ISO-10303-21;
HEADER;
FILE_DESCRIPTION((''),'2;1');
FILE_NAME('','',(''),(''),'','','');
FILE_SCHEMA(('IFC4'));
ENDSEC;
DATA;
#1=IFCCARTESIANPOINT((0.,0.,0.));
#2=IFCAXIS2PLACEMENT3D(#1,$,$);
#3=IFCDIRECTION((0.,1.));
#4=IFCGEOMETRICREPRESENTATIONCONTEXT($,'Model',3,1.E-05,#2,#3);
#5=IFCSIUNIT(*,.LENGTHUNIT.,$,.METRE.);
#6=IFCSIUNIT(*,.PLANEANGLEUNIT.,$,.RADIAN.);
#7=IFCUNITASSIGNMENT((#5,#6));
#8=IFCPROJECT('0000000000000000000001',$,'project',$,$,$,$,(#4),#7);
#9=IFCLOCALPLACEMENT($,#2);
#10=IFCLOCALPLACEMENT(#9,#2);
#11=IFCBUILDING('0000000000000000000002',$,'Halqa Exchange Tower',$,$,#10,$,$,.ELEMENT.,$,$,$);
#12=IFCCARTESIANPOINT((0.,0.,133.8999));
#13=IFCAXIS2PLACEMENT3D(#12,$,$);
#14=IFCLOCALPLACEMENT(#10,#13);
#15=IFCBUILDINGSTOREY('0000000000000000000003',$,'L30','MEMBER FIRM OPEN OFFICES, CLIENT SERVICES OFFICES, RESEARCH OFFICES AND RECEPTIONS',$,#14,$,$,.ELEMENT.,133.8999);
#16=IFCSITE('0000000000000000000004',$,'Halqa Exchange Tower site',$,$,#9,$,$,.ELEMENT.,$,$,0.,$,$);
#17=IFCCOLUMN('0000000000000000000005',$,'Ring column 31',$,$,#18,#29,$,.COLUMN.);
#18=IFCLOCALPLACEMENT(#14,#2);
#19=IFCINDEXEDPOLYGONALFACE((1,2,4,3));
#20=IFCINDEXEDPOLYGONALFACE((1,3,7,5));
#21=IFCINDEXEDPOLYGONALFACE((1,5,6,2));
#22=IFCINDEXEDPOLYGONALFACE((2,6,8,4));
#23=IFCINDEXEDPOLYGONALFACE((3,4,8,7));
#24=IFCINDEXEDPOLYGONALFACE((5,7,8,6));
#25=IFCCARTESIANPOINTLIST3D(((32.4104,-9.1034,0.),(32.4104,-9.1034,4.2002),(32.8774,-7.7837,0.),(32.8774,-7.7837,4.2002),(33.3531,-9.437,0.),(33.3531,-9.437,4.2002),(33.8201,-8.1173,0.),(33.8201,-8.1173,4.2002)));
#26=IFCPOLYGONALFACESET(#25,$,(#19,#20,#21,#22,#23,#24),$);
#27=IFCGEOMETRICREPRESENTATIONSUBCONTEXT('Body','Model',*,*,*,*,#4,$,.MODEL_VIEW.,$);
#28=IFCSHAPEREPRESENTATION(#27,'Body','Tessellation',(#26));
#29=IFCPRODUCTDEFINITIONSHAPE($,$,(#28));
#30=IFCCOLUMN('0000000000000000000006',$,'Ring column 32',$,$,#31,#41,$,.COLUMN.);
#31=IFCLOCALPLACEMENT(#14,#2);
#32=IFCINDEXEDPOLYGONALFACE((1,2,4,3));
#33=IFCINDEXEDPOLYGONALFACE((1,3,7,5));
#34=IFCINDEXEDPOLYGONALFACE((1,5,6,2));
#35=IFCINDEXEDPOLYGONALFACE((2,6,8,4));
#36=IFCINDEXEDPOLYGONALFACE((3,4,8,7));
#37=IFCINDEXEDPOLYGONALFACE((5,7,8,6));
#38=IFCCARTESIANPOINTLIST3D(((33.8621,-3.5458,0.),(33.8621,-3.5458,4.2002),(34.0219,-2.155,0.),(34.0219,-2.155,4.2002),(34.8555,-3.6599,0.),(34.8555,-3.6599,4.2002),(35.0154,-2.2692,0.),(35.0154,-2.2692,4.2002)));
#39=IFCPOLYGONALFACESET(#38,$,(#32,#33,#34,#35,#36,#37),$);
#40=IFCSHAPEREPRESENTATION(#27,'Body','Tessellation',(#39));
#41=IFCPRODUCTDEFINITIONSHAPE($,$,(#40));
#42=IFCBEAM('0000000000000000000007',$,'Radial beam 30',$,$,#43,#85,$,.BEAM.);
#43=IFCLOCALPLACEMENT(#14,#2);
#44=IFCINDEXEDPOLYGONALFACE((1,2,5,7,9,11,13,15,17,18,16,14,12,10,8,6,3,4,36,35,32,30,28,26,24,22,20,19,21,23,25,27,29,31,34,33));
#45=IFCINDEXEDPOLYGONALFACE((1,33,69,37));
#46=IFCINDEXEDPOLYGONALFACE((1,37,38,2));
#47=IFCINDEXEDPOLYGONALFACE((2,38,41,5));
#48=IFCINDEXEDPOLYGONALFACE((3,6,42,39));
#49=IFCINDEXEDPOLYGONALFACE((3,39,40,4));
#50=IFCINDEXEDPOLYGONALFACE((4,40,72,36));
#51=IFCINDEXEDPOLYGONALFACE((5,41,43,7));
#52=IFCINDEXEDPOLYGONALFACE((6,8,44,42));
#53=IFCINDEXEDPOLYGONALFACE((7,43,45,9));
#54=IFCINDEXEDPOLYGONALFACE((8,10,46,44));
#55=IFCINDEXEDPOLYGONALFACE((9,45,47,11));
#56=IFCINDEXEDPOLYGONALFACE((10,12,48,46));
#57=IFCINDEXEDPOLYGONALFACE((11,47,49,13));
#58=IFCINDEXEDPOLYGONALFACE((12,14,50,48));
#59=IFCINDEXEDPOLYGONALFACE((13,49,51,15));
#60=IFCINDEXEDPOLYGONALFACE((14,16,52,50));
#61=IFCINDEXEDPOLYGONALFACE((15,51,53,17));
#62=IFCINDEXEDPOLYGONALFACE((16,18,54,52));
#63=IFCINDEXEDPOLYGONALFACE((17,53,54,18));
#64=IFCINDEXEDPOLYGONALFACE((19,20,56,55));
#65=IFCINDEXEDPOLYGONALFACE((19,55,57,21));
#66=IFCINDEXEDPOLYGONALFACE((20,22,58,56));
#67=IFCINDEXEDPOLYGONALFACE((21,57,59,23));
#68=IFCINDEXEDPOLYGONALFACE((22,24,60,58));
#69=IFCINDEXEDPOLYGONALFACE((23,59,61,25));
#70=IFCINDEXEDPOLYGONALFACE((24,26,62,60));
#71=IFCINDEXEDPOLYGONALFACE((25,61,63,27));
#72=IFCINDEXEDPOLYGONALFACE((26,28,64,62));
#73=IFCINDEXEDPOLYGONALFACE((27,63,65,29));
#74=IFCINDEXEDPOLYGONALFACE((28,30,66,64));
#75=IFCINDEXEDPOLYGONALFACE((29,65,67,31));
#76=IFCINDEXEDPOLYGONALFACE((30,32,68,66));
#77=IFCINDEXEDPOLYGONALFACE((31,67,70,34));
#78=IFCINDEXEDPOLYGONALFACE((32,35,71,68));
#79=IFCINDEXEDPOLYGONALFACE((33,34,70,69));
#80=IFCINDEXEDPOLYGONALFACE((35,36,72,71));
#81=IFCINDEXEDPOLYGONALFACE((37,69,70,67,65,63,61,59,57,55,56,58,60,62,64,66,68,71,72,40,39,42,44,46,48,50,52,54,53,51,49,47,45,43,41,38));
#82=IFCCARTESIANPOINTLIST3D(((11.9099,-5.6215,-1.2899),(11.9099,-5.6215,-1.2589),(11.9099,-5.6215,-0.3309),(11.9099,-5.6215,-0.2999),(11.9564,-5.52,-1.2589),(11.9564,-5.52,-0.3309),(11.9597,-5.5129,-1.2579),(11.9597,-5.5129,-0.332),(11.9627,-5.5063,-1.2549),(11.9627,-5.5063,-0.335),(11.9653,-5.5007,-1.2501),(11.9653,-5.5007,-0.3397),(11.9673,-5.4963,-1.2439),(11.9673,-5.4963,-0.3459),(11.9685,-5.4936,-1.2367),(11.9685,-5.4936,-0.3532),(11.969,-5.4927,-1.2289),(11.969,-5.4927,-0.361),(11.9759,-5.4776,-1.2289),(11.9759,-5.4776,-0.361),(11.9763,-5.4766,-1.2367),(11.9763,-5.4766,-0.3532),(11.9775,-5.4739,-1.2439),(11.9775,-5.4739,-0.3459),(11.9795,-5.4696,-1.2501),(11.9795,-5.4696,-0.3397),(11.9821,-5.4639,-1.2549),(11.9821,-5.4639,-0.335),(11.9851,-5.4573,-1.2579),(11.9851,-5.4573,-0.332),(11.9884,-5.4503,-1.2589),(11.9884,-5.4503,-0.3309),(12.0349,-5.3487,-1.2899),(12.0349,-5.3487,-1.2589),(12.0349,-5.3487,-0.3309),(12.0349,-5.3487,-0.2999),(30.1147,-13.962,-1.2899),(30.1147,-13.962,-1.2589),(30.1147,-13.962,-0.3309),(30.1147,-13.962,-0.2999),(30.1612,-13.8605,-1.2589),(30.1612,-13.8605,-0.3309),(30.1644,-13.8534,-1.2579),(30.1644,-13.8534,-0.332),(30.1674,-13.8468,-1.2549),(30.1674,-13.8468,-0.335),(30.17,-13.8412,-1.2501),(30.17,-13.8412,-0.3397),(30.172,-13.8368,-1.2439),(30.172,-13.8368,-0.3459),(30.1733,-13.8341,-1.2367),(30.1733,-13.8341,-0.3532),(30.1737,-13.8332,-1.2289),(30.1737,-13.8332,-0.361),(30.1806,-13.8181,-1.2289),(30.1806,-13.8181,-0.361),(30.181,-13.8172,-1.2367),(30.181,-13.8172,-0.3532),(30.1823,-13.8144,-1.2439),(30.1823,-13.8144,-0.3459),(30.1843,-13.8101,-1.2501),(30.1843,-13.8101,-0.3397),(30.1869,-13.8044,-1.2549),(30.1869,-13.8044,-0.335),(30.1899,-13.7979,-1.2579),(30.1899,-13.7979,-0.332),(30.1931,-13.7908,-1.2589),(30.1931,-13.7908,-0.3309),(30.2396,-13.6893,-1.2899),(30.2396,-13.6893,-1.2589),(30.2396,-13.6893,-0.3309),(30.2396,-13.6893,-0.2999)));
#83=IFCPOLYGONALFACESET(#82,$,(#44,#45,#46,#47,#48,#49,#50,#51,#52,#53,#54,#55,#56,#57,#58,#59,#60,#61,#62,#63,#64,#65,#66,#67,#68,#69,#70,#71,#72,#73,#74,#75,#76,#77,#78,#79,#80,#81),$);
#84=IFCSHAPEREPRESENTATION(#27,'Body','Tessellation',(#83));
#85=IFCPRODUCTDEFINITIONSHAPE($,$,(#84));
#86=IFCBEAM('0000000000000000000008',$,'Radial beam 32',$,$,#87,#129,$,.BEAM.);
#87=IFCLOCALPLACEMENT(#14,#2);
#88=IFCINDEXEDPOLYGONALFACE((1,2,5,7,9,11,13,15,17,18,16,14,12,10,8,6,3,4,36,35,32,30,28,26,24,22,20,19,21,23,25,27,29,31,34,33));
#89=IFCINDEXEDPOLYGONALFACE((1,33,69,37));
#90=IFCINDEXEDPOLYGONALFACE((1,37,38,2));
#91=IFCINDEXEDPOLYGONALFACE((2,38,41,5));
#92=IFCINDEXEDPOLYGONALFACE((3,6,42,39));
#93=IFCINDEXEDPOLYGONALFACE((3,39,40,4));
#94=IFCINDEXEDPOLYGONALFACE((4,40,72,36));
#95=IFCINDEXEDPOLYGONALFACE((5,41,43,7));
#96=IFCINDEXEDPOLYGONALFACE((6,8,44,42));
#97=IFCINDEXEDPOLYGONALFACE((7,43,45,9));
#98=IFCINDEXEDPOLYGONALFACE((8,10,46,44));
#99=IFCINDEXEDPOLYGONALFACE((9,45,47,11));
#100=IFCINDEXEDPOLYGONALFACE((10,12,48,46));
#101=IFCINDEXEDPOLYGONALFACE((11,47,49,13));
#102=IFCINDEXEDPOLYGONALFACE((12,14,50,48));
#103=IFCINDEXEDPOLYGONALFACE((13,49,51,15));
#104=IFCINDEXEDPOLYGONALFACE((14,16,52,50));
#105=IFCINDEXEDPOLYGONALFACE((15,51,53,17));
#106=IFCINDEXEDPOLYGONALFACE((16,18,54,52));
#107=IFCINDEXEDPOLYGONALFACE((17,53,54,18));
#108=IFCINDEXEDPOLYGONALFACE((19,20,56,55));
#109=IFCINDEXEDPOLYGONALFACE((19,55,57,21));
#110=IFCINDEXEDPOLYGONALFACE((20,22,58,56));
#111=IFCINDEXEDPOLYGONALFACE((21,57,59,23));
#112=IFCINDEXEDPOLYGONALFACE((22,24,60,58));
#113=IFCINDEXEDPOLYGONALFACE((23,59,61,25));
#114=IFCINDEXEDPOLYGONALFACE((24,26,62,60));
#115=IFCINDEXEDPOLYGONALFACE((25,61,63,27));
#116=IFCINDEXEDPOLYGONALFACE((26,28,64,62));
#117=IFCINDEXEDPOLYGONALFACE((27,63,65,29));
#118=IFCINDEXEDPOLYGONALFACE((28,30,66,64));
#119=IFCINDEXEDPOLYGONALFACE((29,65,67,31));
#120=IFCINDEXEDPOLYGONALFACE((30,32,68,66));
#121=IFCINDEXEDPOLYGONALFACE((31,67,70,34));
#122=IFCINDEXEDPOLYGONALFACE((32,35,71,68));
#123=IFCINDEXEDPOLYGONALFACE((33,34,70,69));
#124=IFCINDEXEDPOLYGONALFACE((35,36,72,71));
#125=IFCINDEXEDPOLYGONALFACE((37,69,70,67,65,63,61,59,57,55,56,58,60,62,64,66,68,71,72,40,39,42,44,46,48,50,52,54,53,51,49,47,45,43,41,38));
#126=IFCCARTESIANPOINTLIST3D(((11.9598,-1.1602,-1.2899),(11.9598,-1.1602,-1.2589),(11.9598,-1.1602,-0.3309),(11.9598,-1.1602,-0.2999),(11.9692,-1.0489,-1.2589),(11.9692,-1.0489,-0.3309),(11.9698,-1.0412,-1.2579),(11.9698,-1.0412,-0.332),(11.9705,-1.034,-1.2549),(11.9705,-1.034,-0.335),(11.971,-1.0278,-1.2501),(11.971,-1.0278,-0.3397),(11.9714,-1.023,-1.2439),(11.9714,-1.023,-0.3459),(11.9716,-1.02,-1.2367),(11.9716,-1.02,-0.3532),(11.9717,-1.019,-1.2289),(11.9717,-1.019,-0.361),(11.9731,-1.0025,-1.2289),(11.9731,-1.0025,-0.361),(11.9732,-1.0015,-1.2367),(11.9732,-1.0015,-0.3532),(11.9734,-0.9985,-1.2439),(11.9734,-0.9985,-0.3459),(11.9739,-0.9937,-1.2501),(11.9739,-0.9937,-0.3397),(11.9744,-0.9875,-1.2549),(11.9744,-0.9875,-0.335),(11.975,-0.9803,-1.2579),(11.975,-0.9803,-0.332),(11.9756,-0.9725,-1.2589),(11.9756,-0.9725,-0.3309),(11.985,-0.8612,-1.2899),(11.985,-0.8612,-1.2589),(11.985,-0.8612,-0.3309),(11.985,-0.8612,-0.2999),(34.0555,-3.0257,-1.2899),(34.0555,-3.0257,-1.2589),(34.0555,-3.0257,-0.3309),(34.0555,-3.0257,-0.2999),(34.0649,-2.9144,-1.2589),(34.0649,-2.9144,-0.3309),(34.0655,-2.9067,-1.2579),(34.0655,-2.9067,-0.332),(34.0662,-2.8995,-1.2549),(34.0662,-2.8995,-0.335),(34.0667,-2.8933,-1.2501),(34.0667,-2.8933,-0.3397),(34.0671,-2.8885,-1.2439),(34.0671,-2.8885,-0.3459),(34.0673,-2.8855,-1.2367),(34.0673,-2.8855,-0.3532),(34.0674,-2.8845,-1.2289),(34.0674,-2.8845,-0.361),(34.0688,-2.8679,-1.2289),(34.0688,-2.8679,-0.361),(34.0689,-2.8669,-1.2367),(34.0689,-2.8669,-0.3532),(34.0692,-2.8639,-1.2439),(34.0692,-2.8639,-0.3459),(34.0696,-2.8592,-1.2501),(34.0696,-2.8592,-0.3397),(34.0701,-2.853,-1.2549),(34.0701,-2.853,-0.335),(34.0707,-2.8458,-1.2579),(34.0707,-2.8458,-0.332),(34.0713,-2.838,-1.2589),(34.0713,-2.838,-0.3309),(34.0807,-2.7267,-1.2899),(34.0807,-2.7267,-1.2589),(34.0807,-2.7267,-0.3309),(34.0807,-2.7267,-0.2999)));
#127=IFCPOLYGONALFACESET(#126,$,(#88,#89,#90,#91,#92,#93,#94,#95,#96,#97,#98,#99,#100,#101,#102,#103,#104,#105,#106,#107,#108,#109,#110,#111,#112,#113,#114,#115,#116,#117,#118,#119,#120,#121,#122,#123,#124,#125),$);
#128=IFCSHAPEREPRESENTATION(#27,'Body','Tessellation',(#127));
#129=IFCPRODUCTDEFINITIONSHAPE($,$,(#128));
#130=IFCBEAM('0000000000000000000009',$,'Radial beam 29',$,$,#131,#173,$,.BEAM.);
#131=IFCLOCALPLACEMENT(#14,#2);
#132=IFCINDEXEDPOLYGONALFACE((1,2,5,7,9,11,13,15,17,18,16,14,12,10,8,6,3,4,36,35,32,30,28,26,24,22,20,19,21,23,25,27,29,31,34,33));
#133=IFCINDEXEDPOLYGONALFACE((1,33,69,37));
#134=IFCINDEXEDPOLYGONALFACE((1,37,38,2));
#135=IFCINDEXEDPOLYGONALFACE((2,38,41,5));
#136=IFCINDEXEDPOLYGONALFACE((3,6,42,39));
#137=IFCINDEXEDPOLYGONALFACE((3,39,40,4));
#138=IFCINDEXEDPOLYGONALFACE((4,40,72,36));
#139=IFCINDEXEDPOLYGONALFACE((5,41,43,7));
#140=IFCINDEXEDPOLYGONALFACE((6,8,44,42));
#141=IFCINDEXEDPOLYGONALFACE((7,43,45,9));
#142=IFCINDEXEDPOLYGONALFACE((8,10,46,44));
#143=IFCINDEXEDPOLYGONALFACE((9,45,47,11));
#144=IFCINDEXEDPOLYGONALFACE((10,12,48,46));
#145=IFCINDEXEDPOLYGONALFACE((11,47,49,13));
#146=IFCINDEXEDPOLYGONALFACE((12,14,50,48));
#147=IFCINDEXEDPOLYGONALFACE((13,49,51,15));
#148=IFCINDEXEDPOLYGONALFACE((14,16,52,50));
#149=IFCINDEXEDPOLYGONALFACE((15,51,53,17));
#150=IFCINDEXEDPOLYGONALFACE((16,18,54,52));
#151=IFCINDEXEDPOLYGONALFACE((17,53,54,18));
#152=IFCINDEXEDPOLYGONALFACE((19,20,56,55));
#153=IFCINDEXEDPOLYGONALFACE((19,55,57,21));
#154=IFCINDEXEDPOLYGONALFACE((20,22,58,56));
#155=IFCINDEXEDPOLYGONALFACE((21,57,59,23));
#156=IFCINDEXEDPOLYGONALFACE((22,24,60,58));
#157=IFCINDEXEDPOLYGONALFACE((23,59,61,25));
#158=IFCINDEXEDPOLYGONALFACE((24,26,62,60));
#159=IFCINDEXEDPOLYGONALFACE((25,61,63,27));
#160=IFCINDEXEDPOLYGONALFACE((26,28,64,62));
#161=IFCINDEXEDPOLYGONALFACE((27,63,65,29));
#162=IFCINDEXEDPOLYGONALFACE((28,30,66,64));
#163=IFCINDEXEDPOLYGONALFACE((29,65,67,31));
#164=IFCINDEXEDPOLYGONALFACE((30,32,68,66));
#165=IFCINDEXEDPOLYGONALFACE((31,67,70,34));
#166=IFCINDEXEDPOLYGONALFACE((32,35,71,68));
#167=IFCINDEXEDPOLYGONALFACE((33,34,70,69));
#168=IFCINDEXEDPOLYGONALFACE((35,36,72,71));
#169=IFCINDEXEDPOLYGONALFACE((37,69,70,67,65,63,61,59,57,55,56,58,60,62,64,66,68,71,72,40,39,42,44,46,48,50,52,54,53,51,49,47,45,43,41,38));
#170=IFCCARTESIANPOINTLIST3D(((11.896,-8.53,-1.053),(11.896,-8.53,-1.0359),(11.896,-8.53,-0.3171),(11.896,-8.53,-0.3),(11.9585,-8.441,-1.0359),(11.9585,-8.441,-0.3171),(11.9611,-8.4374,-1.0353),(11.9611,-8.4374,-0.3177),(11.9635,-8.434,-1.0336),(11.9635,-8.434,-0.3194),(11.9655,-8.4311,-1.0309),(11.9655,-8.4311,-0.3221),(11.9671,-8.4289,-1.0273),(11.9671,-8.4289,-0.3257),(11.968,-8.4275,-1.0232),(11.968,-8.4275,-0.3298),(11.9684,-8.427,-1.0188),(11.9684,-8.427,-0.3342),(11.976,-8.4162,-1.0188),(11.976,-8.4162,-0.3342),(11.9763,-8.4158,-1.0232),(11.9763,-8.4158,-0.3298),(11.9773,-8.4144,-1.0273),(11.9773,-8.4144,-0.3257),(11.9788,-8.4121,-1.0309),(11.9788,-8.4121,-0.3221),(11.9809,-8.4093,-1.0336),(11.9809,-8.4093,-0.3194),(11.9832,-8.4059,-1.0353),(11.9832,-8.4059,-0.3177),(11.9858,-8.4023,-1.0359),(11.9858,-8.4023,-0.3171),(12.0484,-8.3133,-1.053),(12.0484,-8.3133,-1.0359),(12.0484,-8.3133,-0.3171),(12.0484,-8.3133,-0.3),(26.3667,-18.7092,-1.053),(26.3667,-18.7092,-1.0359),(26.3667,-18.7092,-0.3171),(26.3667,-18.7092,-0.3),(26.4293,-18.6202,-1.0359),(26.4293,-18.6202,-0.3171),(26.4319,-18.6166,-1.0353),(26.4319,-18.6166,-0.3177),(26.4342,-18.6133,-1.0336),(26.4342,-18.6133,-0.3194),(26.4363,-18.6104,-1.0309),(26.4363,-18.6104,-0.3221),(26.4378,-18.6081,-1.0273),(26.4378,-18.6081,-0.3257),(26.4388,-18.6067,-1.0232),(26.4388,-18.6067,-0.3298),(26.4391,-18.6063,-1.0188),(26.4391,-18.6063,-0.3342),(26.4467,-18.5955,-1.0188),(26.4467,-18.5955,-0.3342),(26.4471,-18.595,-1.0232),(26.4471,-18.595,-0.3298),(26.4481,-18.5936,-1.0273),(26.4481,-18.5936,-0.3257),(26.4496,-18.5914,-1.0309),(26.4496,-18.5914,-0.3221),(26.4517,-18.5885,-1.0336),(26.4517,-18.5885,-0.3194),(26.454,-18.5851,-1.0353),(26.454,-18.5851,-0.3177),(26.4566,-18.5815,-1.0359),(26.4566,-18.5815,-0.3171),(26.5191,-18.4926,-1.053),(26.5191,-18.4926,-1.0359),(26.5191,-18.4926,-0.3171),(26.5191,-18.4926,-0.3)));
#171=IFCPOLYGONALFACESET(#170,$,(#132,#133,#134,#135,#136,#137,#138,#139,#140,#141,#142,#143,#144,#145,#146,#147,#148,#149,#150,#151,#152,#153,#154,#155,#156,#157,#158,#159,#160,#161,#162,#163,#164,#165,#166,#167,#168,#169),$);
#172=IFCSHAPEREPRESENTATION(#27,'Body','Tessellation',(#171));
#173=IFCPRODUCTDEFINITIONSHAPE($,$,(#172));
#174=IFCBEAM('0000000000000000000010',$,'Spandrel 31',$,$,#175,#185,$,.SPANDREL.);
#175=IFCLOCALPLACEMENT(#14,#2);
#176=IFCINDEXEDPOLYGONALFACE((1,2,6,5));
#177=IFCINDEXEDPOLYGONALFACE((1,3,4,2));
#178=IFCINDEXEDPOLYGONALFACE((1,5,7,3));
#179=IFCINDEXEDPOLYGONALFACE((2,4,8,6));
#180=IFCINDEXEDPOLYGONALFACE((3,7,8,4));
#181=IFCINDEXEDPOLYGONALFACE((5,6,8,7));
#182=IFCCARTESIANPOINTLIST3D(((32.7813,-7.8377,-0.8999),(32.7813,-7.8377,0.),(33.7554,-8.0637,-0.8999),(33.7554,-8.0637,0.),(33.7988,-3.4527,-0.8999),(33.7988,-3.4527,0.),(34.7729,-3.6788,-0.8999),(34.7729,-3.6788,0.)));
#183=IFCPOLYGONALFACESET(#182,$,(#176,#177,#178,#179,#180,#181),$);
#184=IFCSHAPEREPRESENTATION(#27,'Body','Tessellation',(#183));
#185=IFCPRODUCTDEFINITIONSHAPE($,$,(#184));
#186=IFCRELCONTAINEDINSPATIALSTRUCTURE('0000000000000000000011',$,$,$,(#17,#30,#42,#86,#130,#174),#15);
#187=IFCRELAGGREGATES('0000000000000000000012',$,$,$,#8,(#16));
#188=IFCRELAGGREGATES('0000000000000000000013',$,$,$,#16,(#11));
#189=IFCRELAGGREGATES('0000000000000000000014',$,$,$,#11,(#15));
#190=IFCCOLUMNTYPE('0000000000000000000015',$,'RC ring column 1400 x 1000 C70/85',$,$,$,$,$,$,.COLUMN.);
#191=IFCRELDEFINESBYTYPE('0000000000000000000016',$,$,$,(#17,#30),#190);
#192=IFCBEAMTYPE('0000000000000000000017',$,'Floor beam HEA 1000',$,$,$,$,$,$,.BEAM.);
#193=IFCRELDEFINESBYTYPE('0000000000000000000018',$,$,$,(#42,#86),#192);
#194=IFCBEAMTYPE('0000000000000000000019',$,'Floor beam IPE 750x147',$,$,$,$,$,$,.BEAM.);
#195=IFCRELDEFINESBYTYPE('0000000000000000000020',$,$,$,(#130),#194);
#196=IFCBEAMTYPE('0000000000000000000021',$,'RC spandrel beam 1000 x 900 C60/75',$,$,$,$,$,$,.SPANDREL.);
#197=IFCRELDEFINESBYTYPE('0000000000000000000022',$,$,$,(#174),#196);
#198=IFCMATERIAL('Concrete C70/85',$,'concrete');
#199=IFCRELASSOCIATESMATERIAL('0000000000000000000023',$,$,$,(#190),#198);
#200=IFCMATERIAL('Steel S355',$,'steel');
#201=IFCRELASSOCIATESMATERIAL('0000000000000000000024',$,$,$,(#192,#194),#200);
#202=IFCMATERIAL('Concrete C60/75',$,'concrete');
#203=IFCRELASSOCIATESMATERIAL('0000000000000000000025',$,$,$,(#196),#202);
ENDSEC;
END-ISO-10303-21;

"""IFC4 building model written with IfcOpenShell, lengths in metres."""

from ifc_helpers import new_model, si_unit, direction, frame, origin, origin_2d, place, context, subcontext, project, spatial, rectangle, i_section, extrude, material, material_profile, profile_set, type_object, element, save


model = new_model("IFC4")

# Units and contexts
model_context = context("Model", 3, precision=1e-05, world=origin(), true_north=direction((0.0, 1.0)))
body_context = subcontext(model_context, "Body", "Model", "MODEL_VIEW")
ifc_project = project(units=[si_unit("LENGTHUNIT", "METRE"), si_unit("PLANEANGLEUNIT", "RADIAN")], contexts=[model_context])

# Site, building, storey
site_placement = place(None, origin())
site = spatial("IfcSite", under=ifc_project, at=site_placement, Name="Halqa Exchange Tower site", CompositionType="ELEMENT", RefElevation=0.0)
building_placement = place(site_placement, origin())
building = spatial("IfcBuilding", under=site, at=building_placement, Name="Halqa Exchange Tower", CompositionType="ELEMENT")
storey_placement = place(building_placement, frame((0.0, 0.0, 133.8999)))
storey = spatial("IfcBuildingStorey", under=building, at=storey_placement, Name="L30", Description="MEMBER FIRM OPEN OFFICES, CLIENT SERVICES OFFICES, RESEARCH OFFICES AND RECEPTIONS", CompositionType="ELEMENT", Elevation=133.8999)

# Columns
ifc_material_1 = material(Name="Concrete C70/85", Category="concrete")
ifc_material_profile_1 = material_profile(ifc_material_1, rectangle(XDim=1.3999, YDim=1.0, at=origin_2d()), Name="1400 x 1000")
ifc_profile_set_1 = profile_set([ifc_material_profile_1], Name="Concrete C70/85")
column_type = type_object("IfcColumnType", Name="RC ring column 1400 x 1000 C70/85", PredefinedType="COLUMN", material=ifc_profile_set_1)
for number, where, z_axis, x_axis, name in (
    (1, (33.1152, -8.6104, 0.0), (0.0, 0.0, 1.0), (0.333636, 0.942702, 0.0), "Ring column 31"),
    (2, (34.4387, -2.9075, 0.0), (0.0, 0.0, 1.0), (0.114159, 0.993463, 0.0), "Ring column 32"),
):
    element("IfcColumn", number, at=place(storey_placement, frame(where, z_axis=z_axis, x_axis=x_axis)), inside=storey, type_object=column_type, Name=name, PredefinedType="COLUMN", context=body_context, shape_type="SweptSolid", body=[
        extrude(rectangle(XDim=1.3999, YDim=1.0, at=origin_2d()), origin(), (0.0, 0.0, 1.0), 4.2002),
    ])

# Beams
ifc_material_2 = material(Name="Steel S355", Category="steel")
ifc_material_profile_2 = material_profile(ifc_material_2, i_section(OverallWidth=0.3, OverallDepth=0.99, WebThickness=0.0166, FlangeThickness=0.031, FilletRadius=0.03, at=origin_2d()), Name="HEA 1000")
ifc_profile_set_2 = profile_set([ifc_material_profile_2], Name="Steel S355")
beam_type_1 = type_object("IfcBeamType", Name="Floor beam HEA 1000", PredefinedType="BEAM", material=ifc_profile_set_2)
beam_1_placement = place(storey_placement, frame((11.9724, -5.4851, -0.7949), z_axis=(0.909127, -0.416518, 0.0), x_axis=(0.416518, 0.909127, 0.0)))
element("IfcBeam", 3, at=beam_1_placement, inside=storey, type_object=beam_type_1, Name="Radial beam 30", PredefinedType="BEAM", context=body_context, shape_type="SweptSolid", body=[
    extrude(i_section(OverallWidth=0.3, OverallDepth=0.99, WebThickness=0.0166, FlangeThickness=0.031, FilletRadius=0.03, at=origin_2d()), origin(), (0.0, 0.0, 1.0), 20.0244),
])
beam_2_placement = place(storey_placement, frame((11.9724, -1.0107, -0.7949), z_axis=(0.996455, -0.084128, 0.0), x_axis=(0.084128, 0.996455, 0.0)))
element("IfcBeam", 4, at=beam_2_placement, inside=storey, type_object=beam_type_1, Name="Radial beam 32", PredefinedType="BEAM", context=body_context, shape_type="SweptSolid", body=[
    extrude(i_section(OverallWidth=0.3, OverallDepth=0.99, WebThickness=0.0166, FlangeThickness=0.031, FilletRadius=0.03, at=origin_2d()), origin(), (0.0, 0.0, 1.0), 22.1743),
])
ifc_material_profile_3 = material_profile(ifc_material_2, i_section(OverallWidth=0.2649, OverallDepth=0.7529, WebThickness=0.0132, FlangeThickness=0.0171, FilletRadius=0.0171, at=origin_2d()), Name="IPE 750x147")
ifc_profile_set_3 = profile_set([ifc_material_profile_3], Name="Steel S355")
beam_type_2 = type_object("IfcBeamType", Name="Floor beam IPE 750x147", PredefinedType="BEAM", material=ifc_profile_set_3)
beam_3_placement = place(storey_placement, frame((11.9722, -8.4216, -0.6765), z_axis=(0.81791, -0.575346, 0.0), x_axis=(0.575346, 0.81791, 0.0)))
element("IfcBeam", 5, at=beam_3_placement, inside=storey, type_object=beam_type_2, Name="Radial beam 29", PredefinedType="BEAM", context=body_context, shape_type="SweptSolid", body=[
    extrude(i_section(OverallWidth=0.2649, OverallDepth=0.7529, WebThickness=0.0132, FlangeThickness=0.0171, FilletRadius=0.0171, at=origin_2d()), origin(), (0.0, 0.0, 1.0), 17.6924),
])
ifc_material_3 = material(Name="Concrete C60/75", Category="concrete")
ifc_material_profile_4 = material_profile(ifc_material_3, rectangle(XDim=1.0, YDim=0.8999, at=origin_2d()), Name="1000 x 900")
ifc_profile_set_4 = profile_set([ifc_material_profile_4], Name="Concrete C60/75")
beam_type_3 = type_object("IfcBeamType", Name="RC spandrel beam 1000 x 900 C60/75", PredefinedType="SPANDREL", material=ifc_profile_set_4)
beam_4_placement = place(storey_placement, frame((33.2683, -7.9507, -0.45), z_axis=(0.226052, 0.974115, 0.0), x_axis=(-0.974115, 0.226052, 0.0)))
element("IfcBeam", 6, at=beam_4_placement, inside=storey, type_object=beam_type_3, Name="Spandrel 31", PredefinedType="SPANDREL", context=body_context, shape_type="SweptSolid", body=[
    extrude(rectangle(XDim=1.0, YDim=0.8999, at=origin_2d()), origin(), (0.0, 0.0, 1.0), 4.5015),
])

save(model, "model.ifc")
